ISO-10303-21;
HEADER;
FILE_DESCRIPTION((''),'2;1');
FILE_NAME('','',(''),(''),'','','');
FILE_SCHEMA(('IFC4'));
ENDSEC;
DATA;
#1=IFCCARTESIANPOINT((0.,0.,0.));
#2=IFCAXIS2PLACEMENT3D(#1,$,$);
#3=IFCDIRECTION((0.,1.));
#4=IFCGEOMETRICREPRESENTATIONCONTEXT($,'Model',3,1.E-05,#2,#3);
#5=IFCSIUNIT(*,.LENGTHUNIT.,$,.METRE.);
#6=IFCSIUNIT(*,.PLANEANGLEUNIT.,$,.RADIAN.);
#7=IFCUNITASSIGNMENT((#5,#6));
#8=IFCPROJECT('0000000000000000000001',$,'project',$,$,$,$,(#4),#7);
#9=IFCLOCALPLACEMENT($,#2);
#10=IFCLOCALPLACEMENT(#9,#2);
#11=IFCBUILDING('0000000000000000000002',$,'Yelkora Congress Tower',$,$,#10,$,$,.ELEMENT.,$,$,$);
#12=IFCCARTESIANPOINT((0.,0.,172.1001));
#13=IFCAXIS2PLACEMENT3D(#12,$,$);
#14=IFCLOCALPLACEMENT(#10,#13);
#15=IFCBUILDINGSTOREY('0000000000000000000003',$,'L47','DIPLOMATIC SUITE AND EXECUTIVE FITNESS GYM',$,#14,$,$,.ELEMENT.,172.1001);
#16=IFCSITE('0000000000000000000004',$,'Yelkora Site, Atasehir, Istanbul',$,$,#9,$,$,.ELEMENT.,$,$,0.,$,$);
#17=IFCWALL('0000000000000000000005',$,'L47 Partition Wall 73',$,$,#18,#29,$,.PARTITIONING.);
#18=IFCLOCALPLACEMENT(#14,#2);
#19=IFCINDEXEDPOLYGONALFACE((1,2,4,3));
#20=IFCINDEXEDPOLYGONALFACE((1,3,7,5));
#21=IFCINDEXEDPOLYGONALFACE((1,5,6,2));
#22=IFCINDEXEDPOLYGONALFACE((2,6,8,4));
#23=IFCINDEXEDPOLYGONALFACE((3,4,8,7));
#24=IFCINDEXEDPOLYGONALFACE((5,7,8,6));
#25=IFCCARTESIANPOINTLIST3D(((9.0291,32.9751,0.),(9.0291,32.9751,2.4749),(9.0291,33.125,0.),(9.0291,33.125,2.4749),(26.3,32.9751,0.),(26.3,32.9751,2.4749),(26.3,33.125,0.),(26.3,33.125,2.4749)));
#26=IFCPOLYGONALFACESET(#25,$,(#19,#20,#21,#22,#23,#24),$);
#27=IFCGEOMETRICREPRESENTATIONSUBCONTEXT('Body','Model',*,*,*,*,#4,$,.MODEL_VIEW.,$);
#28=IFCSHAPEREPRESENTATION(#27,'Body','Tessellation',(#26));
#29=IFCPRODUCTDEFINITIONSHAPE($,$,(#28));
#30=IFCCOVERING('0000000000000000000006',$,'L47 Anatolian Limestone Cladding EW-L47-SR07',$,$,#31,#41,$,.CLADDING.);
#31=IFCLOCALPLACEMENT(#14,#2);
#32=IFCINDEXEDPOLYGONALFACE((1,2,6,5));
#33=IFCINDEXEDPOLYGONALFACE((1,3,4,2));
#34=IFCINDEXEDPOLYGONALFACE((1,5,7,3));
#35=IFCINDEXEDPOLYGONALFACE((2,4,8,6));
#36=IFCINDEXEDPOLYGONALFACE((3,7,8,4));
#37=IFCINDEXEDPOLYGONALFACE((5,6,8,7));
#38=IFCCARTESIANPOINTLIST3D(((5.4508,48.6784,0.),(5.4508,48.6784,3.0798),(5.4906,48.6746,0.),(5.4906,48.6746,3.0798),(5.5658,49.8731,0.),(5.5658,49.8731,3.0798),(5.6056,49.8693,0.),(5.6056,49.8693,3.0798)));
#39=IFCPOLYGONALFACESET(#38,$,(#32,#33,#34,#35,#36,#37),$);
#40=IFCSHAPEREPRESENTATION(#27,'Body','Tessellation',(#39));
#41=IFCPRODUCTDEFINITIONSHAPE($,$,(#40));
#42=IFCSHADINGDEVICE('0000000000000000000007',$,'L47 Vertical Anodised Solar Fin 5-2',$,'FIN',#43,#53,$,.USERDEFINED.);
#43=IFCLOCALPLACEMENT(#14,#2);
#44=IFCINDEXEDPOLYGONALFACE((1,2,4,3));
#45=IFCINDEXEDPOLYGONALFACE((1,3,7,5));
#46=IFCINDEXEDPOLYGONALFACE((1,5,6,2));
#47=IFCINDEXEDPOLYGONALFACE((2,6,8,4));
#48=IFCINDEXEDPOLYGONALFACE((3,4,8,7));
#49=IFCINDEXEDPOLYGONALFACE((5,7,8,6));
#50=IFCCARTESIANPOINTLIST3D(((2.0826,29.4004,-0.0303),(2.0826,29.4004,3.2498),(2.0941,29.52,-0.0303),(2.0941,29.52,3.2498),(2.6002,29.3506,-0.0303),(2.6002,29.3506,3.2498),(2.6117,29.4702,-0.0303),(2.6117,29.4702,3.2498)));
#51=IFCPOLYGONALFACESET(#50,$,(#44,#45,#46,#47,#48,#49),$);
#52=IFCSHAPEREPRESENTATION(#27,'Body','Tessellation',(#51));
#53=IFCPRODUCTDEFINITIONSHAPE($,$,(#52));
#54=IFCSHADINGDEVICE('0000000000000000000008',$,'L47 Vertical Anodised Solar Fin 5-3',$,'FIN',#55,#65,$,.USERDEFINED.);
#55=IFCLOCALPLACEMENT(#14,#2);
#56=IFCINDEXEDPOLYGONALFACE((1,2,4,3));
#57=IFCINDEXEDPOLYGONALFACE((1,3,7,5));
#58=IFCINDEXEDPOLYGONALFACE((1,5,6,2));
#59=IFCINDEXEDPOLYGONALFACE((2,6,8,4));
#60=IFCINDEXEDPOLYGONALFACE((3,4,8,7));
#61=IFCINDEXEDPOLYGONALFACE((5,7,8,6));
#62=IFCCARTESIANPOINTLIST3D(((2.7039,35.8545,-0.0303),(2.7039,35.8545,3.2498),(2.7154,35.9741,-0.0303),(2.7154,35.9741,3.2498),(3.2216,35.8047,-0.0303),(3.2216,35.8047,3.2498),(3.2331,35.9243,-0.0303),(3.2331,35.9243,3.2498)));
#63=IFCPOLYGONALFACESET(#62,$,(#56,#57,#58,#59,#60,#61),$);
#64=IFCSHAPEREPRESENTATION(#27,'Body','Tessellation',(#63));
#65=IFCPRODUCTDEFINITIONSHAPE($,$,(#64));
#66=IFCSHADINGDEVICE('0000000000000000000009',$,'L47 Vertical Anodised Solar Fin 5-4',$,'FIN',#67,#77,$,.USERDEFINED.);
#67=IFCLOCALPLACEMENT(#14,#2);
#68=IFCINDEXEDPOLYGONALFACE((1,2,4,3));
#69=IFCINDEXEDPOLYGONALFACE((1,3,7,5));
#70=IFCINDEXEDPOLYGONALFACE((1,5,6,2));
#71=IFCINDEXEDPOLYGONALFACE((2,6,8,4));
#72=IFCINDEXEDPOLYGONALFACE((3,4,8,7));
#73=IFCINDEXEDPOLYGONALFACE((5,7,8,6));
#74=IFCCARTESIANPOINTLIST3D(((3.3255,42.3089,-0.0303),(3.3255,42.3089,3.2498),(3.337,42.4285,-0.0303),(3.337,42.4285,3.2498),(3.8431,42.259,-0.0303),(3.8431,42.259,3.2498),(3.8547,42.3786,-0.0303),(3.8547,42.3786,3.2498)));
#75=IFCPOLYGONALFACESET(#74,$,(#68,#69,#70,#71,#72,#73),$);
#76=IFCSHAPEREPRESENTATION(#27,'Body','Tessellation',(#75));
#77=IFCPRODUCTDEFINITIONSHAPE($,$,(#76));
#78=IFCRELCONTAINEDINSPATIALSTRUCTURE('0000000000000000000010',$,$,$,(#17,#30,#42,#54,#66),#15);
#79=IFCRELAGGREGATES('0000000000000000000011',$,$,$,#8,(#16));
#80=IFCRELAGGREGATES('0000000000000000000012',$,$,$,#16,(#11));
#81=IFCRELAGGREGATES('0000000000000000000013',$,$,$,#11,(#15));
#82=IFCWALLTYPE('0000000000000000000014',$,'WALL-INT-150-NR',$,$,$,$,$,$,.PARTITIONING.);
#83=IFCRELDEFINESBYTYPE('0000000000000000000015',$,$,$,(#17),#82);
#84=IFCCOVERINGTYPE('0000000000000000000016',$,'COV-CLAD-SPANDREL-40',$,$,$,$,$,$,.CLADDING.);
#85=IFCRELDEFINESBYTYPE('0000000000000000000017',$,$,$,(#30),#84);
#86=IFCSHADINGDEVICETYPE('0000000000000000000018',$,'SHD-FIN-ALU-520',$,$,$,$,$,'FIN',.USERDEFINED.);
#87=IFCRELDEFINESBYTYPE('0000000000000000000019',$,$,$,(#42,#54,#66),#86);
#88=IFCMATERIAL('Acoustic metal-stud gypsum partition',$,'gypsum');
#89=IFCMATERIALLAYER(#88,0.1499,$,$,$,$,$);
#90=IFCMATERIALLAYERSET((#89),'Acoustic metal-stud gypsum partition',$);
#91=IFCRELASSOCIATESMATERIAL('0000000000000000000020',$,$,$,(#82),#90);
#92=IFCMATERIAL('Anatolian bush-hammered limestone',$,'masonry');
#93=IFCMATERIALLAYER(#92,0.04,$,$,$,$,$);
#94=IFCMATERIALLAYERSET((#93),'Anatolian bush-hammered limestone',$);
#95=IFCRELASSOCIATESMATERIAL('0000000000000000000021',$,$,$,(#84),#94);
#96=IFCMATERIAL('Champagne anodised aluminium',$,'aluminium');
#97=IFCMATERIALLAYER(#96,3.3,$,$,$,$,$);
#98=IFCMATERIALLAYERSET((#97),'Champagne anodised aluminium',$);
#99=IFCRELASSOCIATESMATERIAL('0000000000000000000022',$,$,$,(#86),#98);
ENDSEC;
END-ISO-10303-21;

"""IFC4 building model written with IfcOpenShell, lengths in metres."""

from ifc_helpers import new_model, si_unit, direction, frame, frame_2d, origin, origin_2d, place, context, subcontext, project, spatial, rectangle, extrude, material, layer, layer_set, type_object, element, save


model = new_model("IFC4")

# Units and contexts
model_context = context("Model", 3, precision=1e-05, world=origin(), true_north=direction((0.0, 1.0)))
body_context = subcontext(model_context, "Body", "Model", "MODEL_VIEW")
ifc_project = project(units=[si_unit("LENGTHUNIT", "METRE"), si_unit("PLANEANGLEUNIT", "RADIAN")], contexts=[model_context])

# Site, building, storey
site_placement = place(None, origin())
site = spatial("IfcSite", under=ifc_project, at=site_placement, Name="Yelkora Site, Atasehir, Istanbul", CompositionType="ELEMENT", RefElevation=0.0)
building_placement = place(site_placement, origin())
building = spatial("IfcBuilding", under=site, at=building_placement, Name="Yelkora Congress Tower", CompositionType="ELEMENT")
storey_placement = place(building_placement, frame((0.0, 0.0, 172.1001)))
storey = spatial("IfcBuildingStorey", under=building, at=storey_placement, Name="L47", Description="DIPLOMATIC SUITE AND EXECUTIVE FITNESS GYM", CompositionType="ELEMENT", Elevation=172.1001)

# Wall
ifc_material_1 = material(Name="Acoustic metal-stud gypsum partition", Category="gypsum")
ifc_layer_1 = layer(ifc_material_1, 0.1499)
ifc_layer_set_1 = layer_set([ifc_layer_1], Name="Acoustic metal-stud gypsum partition")
wall_type_1 = type_object("IfcWallType", Name="WALL-INT-150-NR", PredefinedType="PARTITIONING", material=ifc_layer_set_1)
wall_1_placement = place(storey_placement, frame((9.0291, 33.05, 0.0), z_axis=(0.0, 0.0, 1.0), x_axis=(1.0, 0.0, 0.0)))
element("IfcWall", 1, at=wall_1_placement, inside=storey, type_object=wall_type_1, Name="L47 Partition Wall 73", PredefinedType="PARTITIONING", context=body_context, shape_type="SweptSolid", body=[
    extrude(rectangle(XDim=17.271, YDim=0.1499, at=frame_2d((8.6355, 0.0))), origin(), (0.0, 0.0, 1.0), 2.4749),
])

# Covering
ifc_material_2 = material(Name="Anatolian bush-hammered limestone", Category="masonry")
ifc_layer_2 = layer(ifc_material_2, 0.04)
ifc_layer_set_2 = layer_set([ifc_layer_2], Name="Anatolian bush-hammered limestone")
covering_type = type_object("IfcCoveringType", Name="COV-CLAD-SPANDREL-40", PredefinedType="CLADDING", material=ifc_layer_set_2)
covering_placement = place(storey_placement, frame((5.4707, 48.6765, 0.0), z_axis=(0.0, 0.0, 1.0), x_axis=(0.095817, 0.995399, 0.0)))
element("IfcCovering", 2, at=covering_placement, inside=storey, type_object=covering_type, Name="L47 Anatolian Limestone Cladding EW-L47-SR07", PredefinedType="CLADDING", context=body_context, shape_type="SweptSolid", body=[
    extrude(rectangle(XDim=1.2002, YDim=0.04, at=frame_2d((0.6001, 0.0))), origin(), (0.0, 0.0, 1.0), 3.0798),
])

# Shading devices
ifc_material_3 = material(Name="Champagne anodised aluminium", Category="aluminium")
ifc_layer_3 = layer(ifc_material_3, 3.3)
ifc_layer_set_3 = layer_set([ifc_layer_3], Name="Champagne anodised aluminium")
shading_device_type = type_object("IfcShadingDeviceType", Name="SHD-FIN-ALU-520", ElementType="FIN", PredefinedType="USERDEFINED", material=ifc_layer_set_3)
for number, where, z_axis, x_axis, name in (
    (3, (2.3472, 29.4353, -0.0303), (0.0, 0.0, 1.0), (0.095846, 0.995396, 0.0), "L47 Vertical Anodised Solar Fin 5-2"),
    (4, (2.9685, 35.8894, -0.0303), (0.0, 0.0, 1.0), (0.095846, 0.995396, 0.0), "L47 Vertical Anodised Solar Fin 5-3"),
    (5, (3.5901, 42.3438, -0.0303), (0.0, 0.0, 1.0), (0.095846, 0.995396, 0.0), "L47 Vertical Anodised Solar Fin 5-4"),
):
    element("IfcShadingDevice", number, at=place(storey_placement, frame(where, z_axis=z_axis, x_axis=x_axis)), inside=storey, type_object=shading_device_type, Name=name, ObjectType="FIN", PredefinedType="USERDEFINED", context=body_context, shape_type="SweptSolid", body=[
        extrude(rectangle(XDim=0.1201, YDim=0.52, at=origin_2d()), origin(), (0.0, 0.0, 1.0), 3.28),
    ])

save(model, "model.ifc")
